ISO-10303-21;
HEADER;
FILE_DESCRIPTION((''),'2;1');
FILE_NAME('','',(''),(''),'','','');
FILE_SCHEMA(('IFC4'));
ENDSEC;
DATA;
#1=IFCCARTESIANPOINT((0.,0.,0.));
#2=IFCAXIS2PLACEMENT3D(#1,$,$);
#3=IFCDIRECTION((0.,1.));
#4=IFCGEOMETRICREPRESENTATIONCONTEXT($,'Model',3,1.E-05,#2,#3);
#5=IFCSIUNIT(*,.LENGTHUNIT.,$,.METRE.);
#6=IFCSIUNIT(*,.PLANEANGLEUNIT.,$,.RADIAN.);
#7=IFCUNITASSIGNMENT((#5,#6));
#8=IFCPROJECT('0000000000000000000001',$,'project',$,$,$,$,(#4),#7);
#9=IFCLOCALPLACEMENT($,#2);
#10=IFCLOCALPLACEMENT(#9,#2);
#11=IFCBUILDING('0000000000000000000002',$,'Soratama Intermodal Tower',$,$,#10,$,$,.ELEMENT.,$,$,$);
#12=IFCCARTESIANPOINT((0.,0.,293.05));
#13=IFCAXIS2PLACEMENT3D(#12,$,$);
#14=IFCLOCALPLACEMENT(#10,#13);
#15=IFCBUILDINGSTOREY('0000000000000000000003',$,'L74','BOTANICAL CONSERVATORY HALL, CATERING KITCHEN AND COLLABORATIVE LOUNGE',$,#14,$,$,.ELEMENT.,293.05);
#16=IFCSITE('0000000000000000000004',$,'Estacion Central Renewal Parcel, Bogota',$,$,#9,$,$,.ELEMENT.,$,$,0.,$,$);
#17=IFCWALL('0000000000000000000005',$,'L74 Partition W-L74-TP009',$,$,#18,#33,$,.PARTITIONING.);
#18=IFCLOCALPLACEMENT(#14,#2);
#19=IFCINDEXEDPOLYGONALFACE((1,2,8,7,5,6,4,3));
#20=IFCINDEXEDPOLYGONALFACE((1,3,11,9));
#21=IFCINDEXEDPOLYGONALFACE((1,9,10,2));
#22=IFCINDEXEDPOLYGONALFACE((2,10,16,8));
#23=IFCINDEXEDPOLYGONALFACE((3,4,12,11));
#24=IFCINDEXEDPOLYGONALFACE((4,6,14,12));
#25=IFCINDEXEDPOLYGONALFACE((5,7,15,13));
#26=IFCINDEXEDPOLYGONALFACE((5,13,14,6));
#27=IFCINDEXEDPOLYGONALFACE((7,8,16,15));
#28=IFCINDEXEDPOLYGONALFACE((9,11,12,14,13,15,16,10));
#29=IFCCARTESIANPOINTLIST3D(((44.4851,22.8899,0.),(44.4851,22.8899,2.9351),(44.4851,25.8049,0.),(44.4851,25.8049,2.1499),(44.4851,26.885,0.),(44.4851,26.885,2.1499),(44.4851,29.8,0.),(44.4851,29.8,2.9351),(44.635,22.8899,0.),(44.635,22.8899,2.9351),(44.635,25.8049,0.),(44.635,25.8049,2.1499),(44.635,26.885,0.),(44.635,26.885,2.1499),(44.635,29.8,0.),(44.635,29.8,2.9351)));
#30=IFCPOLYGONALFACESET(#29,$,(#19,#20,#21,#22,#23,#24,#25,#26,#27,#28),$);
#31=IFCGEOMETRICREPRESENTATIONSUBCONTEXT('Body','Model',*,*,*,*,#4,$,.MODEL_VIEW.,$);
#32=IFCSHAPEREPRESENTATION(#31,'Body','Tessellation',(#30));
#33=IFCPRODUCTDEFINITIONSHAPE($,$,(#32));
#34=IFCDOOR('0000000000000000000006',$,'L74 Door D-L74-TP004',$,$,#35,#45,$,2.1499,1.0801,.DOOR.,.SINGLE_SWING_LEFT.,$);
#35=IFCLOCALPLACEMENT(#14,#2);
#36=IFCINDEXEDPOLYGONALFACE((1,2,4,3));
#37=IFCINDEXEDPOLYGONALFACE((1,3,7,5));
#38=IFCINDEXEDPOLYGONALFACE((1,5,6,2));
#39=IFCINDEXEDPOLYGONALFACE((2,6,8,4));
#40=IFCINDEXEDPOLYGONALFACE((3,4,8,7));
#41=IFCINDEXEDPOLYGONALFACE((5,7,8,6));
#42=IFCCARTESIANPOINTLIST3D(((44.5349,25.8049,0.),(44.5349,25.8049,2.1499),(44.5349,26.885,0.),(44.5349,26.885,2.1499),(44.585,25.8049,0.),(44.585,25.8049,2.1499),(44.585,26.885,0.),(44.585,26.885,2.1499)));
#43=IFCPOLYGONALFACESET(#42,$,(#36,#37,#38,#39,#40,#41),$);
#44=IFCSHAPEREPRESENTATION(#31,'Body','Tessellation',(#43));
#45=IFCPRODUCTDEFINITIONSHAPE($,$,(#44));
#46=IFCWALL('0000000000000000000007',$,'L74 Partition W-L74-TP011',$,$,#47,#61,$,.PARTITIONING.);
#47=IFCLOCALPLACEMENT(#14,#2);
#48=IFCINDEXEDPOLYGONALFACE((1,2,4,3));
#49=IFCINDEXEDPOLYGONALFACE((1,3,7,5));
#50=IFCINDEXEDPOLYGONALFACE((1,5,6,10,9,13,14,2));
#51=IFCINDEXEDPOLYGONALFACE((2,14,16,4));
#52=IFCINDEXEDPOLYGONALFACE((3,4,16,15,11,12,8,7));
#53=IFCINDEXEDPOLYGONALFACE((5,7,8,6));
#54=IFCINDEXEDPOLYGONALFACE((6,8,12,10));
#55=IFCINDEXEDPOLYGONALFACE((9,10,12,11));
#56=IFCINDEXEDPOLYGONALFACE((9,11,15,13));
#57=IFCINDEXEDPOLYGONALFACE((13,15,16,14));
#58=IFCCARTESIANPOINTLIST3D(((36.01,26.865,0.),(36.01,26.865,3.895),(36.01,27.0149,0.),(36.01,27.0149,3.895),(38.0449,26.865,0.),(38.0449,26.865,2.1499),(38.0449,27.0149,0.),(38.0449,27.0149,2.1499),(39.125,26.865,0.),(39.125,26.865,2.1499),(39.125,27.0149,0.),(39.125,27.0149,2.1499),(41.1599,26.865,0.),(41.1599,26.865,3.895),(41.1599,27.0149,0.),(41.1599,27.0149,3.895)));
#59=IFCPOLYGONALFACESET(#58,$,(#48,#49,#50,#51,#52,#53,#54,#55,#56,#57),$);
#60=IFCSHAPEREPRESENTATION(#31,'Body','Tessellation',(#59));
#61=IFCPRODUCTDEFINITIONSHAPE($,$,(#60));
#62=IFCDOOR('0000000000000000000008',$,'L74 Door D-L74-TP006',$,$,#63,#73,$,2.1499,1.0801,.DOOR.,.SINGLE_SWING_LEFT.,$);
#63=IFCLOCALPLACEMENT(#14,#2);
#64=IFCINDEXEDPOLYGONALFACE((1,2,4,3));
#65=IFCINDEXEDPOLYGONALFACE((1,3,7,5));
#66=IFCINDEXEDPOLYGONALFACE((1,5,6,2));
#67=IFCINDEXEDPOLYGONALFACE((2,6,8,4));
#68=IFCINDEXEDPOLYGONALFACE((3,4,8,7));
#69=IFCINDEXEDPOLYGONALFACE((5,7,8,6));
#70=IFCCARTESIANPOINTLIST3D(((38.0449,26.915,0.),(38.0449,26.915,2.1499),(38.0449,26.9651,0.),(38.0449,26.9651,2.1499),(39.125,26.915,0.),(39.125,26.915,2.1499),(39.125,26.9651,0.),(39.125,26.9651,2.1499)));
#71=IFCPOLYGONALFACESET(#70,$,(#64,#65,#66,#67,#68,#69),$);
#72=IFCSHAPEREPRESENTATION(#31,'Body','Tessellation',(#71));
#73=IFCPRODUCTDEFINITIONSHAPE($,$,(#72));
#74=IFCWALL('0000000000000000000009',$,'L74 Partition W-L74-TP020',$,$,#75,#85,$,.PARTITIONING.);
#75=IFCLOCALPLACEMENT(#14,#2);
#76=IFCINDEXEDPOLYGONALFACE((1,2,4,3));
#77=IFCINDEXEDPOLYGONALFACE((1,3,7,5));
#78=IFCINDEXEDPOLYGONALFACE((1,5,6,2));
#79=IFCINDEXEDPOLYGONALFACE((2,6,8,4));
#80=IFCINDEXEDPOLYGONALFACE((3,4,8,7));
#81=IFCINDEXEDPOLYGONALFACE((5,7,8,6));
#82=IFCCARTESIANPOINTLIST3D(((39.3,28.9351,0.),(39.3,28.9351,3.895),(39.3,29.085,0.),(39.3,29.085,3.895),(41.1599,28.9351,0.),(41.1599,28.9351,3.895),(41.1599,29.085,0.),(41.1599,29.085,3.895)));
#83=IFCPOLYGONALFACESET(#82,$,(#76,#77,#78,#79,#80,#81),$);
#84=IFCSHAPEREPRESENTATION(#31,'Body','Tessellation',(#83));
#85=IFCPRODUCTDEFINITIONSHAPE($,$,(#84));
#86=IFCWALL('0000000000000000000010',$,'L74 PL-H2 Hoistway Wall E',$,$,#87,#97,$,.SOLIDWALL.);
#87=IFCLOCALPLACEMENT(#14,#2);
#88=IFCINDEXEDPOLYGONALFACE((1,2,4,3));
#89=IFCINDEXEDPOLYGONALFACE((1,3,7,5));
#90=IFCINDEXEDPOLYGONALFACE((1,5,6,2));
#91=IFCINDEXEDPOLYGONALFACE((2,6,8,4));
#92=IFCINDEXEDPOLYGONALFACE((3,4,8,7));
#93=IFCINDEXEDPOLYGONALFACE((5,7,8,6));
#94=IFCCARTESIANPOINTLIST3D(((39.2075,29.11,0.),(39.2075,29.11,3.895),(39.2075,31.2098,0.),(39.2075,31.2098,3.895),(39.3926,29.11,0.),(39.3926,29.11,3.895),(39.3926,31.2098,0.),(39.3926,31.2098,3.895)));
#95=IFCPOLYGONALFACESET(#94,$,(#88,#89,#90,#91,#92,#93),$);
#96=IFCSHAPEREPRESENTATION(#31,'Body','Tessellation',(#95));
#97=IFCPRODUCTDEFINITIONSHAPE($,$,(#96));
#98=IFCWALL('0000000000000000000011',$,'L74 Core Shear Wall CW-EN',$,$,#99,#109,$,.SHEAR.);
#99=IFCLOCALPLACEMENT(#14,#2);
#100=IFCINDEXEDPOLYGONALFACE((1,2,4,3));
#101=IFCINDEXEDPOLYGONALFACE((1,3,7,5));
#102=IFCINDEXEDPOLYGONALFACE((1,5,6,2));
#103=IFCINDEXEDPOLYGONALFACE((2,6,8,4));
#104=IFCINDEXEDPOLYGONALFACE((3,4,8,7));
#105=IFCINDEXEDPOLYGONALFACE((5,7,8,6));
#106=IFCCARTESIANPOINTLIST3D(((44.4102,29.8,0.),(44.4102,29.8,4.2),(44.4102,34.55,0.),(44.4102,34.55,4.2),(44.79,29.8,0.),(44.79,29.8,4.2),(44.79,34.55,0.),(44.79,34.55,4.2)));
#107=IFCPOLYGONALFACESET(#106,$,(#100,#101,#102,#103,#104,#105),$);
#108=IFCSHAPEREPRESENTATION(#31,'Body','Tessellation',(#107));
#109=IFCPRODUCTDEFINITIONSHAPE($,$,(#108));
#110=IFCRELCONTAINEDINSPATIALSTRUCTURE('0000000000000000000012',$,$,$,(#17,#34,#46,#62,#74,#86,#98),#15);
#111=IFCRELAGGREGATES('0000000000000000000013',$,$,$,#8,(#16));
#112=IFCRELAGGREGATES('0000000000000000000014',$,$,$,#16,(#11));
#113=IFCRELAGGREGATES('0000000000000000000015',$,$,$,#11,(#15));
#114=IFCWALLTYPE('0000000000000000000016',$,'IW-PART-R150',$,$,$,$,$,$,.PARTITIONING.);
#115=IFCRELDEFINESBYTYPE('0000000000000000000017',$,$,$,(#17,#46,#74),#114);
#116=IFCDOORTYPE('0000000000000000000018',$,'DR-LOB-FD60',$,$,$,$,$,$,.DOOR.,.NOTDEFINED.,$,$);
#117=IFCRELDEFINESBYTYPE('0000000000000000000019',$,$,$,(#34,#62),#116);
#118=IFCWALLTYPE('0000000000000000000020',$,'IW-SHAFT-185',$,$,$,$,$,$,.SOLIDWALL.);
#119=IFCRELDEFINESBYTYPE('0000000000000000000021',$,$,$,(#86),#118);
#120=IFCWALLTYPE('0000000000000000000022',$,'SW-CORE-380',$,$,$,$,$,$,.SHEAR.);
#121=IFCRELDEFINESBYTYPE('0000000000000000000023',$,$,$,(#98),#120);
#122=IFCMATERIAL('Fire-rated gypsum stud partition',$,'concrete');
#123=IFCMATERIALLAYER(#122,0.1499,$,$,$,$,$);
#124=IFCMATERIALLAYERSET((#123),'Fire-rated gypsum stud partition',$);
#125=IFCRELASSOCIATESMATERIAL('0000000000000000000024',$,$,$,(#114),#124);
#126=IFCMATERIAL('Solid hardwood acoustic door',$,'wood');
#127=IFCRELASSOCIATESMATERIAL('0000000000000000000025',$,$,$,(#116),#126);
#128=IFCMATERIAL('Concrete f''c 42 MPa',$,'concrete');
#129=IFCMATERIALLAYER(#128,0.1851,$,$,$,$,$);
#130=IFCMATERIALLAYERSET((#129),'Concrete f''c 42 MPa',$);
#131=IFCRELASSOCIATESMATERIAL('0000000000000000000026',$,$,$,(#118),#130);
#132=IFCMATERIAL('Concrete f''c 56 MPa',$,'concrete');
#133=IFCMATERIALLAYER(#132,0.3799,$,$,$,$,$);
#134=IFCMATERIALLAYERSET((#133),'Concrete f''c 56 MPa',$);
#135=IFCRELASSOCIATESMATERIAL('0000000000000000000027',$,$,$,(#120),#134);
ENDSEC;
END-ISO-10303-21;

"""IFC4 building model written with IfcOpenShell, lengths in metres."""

from ifc_helpers import new_model, si_unit, direction, frame, frame_2d, origin, place, context, subcontext, project, spatial, rectangle, extrude, material, layer, layer_set, type_object, element, fill, save


model = new_model("IFC4")

# Units and contexts
model_context = context("Model", 3, precision=1e-05, world=origin(), true_north=direction((0.0, 1.0)))
body_context = subcontext(model_context, "Body", "Model", "MODEL_VIEW")
ifc_project = project(units=[si_unit("LENGTHUNIT", "METRE"), si_unit("PLANEANGLEUNIT", "RADIAN")], contexts=[model_context])

# Site, building, storey
site_placement = place(None, origin())
site = spatial("IfcSite", under=ifc_project, at=site_placement, Name="Estacion Central Renewal Parcel, Bogota", CompositionType="ELEMENT", RefElevation=0.0)
building_placement = place(site_placement, origin())
building = spatial("IfcBuilding", under=site, at=building_placement, Name="Soratama Intermodal Tower", CompositionType="ELEMENT")
storey_placement = place(building_placement, frame((0.0, 0.0, 293.05)))
storey = spatial("IfcBuildingStorey", under=building, at=storey_placement, Name="L74", Description="BOTANICAL CONSERVATORY HALL, CATERING KITCHEN AND COLLABORATIVE LOUNGE", CompositionType="ELEMENT", Elevation=293.05)

# Walls, openings, doors
ifc_material_1 = material(Name="Fire-rated gypsum stud partition", Category="concrete")
ifc_layer_1 = layer(ifc_material_1, 0.1499)
ifc_layer_set_1 = layer_set([ifc_layer_1], Name="Fire-rated gypsum stud partition")
wall_type_1 = type_object("IfcWallType", Name="IW-PART-R150", PredefinedType="PARTITIONING", material=ifc_layer_set_1)
wall_1_placement = place(storey_placement, frame((44.5601, 29.8, 0.0), z_axis=(0.0, 0.0, 1.0), x_axis=(0.0, -1.0, 0.0)))
wall_1 = element("IfcWall", 1, at=wall_1_placement, inside=storey, type_object=wall_type_1, Name="L74 Partition W-L74-TP009", PredefinedType="PARTITIONING", context=body_context, shape_type="SweptSolid", body=[
    extrude(rectangle(XDim=6.9102, YDim=0.1499, at=frame_2d((3.4551, 0.0))), origin(), (0.0, 0.0, 1.0), 2.9351),
])
opening_1_placement = place(wall_1_placement, frame((2.915, 0.0, 0.0)))
opening_1 = element("IfcOpeningElement", 2, at=opening_1_placement, cuts=wall_1, PredefinedType="OPENING", context=body_context, shape_type="SweptSolid", body=[
    extrude(rectangle(XDim=1.0801, YDim=2.1499, at=frame_2d((0.54, 1.075))), frame((0.0, 0.085, 0.0), z_axis=(0.0, -1.0, 0.0), x_axis=(1.0, 0.0, 0.0)), (0.0, 0.0, 1.0), 0.1699),
])
ifc_material_2 = material(Name="Solid hardwood acoustic door", Category="wood")
door_type_1 = type_object("IfcDoorType", Name="DR-LOB-FD60", OperationType="NOTDEFINED", PredefinedType="DOOR", material=ifc_material_2)
door_1_placement = place(opening_1_placement, origin())
door_1 = element("IfcDoor", 3, at=door_1_placement, inside=storey, type_object=door_type_1, Name="L74 Door D-L74-TP004", OperationType="SINGLE_SWING_LEFT", OverallHeight=2.1499, OverallWidth=1.0801, PredefinedType="DOOR", context=body_context, shape_type="SweptSolid", body=[
    extrude(rectangle(XDim=1.0801, YDim=2.1499, at=frame_2d((0.54, 1.075))), frame((0.0, 0.0249, 0.0), z_axis=(0.0, -1.0, 0.0), x_axis=(1.0, 0.0, 0.0)), (0.0, 0.0, 1.0), 0.05),
])
fill(opening_1, door_1)
wall_2_placement = place(storey_placement, frame((41.1599, 26.9399, 0.0), z_axis=(0.0, 0.0, 1.0), x_axis=(-1.0, 0.0, 0.0)))
wall_2 = element("IfcWall", 4, at=wall_2_placement, inside=storey, type_object=wall_type_1, Name="L74 Partition W-L74-TP011", PredefinedType="PARTITIONING", context=body_context, shape_type="SweptSolid", body=[
    extrude(rectangle(XDim=5.1499, YDim=0.1499, at=frame_2d((2.575, 0.0))), origin(), (0.0, 0.0, 1.0), 3.895),
])
opening_2_placement = place(wall_2_placement, frame((2.0349, 0.0, 0.0)))
opening_2 = element("IfcOpeningElement", 5, at=opening_2_placement, cuts=wall_2, PredefinedType="OPENING", context=body_context, shape_type="SweptSolid", body=[
    extrude(rectangle(XDim=1.0801, YDim=2.1499, at=frame_2d((0.54, 1.075))), frame((0.0, 0.085, 0.0), z_axis=(0.0, -1.0, 0.0), x_axis=(1.0, 0.0, 0.0)), (0.0, 0.0, 1.0), 0.1699),
])
door_2_placement = place(opening_2_placement, origin())
door_2 = element("IfcDoor", 6, at=door_2_placement, inside=storey, type_object=door_type_1, Name="L74 Door D-L74-TP006", OperationType="SINGLE_SWING_LEFT", OverallHeight=2.1499, OverallWidth=1.0801, PredefinedType="DOOR", context=body_context, shape_type="SweptSolid", body=[
    extrude(rectangle(XDim=1.0801, YDim=2.1499, at=frame_2d((0.54, 1.075))), frame((0.0, 0.0249, 0.0), z_axis=(0.0, -1.0, 0.0), x_axis=(1.0, 0.0, 0.0)), (0.0, 0.0, 1.0), 0.05),
])
fill(opening_2, door_2)

# Walls
wall_3_placement = place(storey_placement, frame((39.3, 29.01, 0.0), z_axis=(0.0, 0.0, 1.0), x_axis=(1.0, 0.0, 0.0)))
element("IfcWall", 7, at=wall_3_placement, inside=storey, type_object=wall_type_1, Name="L74 Partition W-L74-TP020", PredefinedType="PARTITIONING", context=body_context, shape_type="SweptSolid", body=[
    extrude(rectangle(XDim=1.8599, YDim=0.1499, at=frame_2d((0.9299, 0.0))), origin(), (0.0, 0.0, 1.0), 3.895),
])
ifc_material_3 = material(Name="Concrete f'c 42 MPa", Category="concrete")
ifc_layer_2 = layer(ifc_material_3, 0.1851)
ifc_layer_set_2 = layer_set([ifc_layer_2], Name="Concrete f'c 42 MPa")
wall_type_2 = type_object("IfcWallType", Name="IW-SHAFT-185", PredefinedType="SOLIDWALL", material=ifc_layer_set_2)
wall_4_placement = place(storey_placement, frame((39.3, 29.1101, 0.0), z_axis=(0.0, 0.0, 1.0), x_axis=(0.0, 1.0, 0.0)))
element("IfcWall", 8, at=wall_4_placement, inside=storey, type_object=wall_type_2, Name="L74 PL-H2 Hoistway Wall E", PredefinedType="SOLIDWALL", context=body_context, shape_type="SweptSolid", body=[
    extrude(rectangle(XDim=2.0999, YDim=0.1851, at=frame_2d((1.0498, 0.0))), origin(), (0.0, 0.0, 1.0), 3.895),
])
ifc_material_4 = material(Name="Concrete f'c 56 MPa", Category="concrete")
ifc_layer_3 = layer(ifc_material_4, 0.3799)
ifc_layer_set_3 = layer_set([ifc_layer_3], Name="Concrete f'c 56 MPa")
wall_type_3 = type_object("IfcWallType", Name="SW-CORE-380", PredefinedType="SHEAR", material=ifc_layer_set_3)
wall_5_placement = place(storey_placement, frame((44.6001, 29.8, 0.0), z_axis=(0.0, 0.0, 1.0), x_axis=(0.0, 1.0, 0.0)))
element("IfcWall", 9, at=wall_5_placement, inside=storey, type_object=wall_type_3, Name="L74 Core Shear Wall CW-EN", PredefinedType="SHEAR", context=body_context, shape_type="SweptSolid", body=[
    extrude(rectangle(XDim=4.75, YDim=0.3799, at=frame_2d((2.375, 0.0))), origin(), (0.0, 0.0, 1.0), 4.2),
])

save(model, "model.ifc")
